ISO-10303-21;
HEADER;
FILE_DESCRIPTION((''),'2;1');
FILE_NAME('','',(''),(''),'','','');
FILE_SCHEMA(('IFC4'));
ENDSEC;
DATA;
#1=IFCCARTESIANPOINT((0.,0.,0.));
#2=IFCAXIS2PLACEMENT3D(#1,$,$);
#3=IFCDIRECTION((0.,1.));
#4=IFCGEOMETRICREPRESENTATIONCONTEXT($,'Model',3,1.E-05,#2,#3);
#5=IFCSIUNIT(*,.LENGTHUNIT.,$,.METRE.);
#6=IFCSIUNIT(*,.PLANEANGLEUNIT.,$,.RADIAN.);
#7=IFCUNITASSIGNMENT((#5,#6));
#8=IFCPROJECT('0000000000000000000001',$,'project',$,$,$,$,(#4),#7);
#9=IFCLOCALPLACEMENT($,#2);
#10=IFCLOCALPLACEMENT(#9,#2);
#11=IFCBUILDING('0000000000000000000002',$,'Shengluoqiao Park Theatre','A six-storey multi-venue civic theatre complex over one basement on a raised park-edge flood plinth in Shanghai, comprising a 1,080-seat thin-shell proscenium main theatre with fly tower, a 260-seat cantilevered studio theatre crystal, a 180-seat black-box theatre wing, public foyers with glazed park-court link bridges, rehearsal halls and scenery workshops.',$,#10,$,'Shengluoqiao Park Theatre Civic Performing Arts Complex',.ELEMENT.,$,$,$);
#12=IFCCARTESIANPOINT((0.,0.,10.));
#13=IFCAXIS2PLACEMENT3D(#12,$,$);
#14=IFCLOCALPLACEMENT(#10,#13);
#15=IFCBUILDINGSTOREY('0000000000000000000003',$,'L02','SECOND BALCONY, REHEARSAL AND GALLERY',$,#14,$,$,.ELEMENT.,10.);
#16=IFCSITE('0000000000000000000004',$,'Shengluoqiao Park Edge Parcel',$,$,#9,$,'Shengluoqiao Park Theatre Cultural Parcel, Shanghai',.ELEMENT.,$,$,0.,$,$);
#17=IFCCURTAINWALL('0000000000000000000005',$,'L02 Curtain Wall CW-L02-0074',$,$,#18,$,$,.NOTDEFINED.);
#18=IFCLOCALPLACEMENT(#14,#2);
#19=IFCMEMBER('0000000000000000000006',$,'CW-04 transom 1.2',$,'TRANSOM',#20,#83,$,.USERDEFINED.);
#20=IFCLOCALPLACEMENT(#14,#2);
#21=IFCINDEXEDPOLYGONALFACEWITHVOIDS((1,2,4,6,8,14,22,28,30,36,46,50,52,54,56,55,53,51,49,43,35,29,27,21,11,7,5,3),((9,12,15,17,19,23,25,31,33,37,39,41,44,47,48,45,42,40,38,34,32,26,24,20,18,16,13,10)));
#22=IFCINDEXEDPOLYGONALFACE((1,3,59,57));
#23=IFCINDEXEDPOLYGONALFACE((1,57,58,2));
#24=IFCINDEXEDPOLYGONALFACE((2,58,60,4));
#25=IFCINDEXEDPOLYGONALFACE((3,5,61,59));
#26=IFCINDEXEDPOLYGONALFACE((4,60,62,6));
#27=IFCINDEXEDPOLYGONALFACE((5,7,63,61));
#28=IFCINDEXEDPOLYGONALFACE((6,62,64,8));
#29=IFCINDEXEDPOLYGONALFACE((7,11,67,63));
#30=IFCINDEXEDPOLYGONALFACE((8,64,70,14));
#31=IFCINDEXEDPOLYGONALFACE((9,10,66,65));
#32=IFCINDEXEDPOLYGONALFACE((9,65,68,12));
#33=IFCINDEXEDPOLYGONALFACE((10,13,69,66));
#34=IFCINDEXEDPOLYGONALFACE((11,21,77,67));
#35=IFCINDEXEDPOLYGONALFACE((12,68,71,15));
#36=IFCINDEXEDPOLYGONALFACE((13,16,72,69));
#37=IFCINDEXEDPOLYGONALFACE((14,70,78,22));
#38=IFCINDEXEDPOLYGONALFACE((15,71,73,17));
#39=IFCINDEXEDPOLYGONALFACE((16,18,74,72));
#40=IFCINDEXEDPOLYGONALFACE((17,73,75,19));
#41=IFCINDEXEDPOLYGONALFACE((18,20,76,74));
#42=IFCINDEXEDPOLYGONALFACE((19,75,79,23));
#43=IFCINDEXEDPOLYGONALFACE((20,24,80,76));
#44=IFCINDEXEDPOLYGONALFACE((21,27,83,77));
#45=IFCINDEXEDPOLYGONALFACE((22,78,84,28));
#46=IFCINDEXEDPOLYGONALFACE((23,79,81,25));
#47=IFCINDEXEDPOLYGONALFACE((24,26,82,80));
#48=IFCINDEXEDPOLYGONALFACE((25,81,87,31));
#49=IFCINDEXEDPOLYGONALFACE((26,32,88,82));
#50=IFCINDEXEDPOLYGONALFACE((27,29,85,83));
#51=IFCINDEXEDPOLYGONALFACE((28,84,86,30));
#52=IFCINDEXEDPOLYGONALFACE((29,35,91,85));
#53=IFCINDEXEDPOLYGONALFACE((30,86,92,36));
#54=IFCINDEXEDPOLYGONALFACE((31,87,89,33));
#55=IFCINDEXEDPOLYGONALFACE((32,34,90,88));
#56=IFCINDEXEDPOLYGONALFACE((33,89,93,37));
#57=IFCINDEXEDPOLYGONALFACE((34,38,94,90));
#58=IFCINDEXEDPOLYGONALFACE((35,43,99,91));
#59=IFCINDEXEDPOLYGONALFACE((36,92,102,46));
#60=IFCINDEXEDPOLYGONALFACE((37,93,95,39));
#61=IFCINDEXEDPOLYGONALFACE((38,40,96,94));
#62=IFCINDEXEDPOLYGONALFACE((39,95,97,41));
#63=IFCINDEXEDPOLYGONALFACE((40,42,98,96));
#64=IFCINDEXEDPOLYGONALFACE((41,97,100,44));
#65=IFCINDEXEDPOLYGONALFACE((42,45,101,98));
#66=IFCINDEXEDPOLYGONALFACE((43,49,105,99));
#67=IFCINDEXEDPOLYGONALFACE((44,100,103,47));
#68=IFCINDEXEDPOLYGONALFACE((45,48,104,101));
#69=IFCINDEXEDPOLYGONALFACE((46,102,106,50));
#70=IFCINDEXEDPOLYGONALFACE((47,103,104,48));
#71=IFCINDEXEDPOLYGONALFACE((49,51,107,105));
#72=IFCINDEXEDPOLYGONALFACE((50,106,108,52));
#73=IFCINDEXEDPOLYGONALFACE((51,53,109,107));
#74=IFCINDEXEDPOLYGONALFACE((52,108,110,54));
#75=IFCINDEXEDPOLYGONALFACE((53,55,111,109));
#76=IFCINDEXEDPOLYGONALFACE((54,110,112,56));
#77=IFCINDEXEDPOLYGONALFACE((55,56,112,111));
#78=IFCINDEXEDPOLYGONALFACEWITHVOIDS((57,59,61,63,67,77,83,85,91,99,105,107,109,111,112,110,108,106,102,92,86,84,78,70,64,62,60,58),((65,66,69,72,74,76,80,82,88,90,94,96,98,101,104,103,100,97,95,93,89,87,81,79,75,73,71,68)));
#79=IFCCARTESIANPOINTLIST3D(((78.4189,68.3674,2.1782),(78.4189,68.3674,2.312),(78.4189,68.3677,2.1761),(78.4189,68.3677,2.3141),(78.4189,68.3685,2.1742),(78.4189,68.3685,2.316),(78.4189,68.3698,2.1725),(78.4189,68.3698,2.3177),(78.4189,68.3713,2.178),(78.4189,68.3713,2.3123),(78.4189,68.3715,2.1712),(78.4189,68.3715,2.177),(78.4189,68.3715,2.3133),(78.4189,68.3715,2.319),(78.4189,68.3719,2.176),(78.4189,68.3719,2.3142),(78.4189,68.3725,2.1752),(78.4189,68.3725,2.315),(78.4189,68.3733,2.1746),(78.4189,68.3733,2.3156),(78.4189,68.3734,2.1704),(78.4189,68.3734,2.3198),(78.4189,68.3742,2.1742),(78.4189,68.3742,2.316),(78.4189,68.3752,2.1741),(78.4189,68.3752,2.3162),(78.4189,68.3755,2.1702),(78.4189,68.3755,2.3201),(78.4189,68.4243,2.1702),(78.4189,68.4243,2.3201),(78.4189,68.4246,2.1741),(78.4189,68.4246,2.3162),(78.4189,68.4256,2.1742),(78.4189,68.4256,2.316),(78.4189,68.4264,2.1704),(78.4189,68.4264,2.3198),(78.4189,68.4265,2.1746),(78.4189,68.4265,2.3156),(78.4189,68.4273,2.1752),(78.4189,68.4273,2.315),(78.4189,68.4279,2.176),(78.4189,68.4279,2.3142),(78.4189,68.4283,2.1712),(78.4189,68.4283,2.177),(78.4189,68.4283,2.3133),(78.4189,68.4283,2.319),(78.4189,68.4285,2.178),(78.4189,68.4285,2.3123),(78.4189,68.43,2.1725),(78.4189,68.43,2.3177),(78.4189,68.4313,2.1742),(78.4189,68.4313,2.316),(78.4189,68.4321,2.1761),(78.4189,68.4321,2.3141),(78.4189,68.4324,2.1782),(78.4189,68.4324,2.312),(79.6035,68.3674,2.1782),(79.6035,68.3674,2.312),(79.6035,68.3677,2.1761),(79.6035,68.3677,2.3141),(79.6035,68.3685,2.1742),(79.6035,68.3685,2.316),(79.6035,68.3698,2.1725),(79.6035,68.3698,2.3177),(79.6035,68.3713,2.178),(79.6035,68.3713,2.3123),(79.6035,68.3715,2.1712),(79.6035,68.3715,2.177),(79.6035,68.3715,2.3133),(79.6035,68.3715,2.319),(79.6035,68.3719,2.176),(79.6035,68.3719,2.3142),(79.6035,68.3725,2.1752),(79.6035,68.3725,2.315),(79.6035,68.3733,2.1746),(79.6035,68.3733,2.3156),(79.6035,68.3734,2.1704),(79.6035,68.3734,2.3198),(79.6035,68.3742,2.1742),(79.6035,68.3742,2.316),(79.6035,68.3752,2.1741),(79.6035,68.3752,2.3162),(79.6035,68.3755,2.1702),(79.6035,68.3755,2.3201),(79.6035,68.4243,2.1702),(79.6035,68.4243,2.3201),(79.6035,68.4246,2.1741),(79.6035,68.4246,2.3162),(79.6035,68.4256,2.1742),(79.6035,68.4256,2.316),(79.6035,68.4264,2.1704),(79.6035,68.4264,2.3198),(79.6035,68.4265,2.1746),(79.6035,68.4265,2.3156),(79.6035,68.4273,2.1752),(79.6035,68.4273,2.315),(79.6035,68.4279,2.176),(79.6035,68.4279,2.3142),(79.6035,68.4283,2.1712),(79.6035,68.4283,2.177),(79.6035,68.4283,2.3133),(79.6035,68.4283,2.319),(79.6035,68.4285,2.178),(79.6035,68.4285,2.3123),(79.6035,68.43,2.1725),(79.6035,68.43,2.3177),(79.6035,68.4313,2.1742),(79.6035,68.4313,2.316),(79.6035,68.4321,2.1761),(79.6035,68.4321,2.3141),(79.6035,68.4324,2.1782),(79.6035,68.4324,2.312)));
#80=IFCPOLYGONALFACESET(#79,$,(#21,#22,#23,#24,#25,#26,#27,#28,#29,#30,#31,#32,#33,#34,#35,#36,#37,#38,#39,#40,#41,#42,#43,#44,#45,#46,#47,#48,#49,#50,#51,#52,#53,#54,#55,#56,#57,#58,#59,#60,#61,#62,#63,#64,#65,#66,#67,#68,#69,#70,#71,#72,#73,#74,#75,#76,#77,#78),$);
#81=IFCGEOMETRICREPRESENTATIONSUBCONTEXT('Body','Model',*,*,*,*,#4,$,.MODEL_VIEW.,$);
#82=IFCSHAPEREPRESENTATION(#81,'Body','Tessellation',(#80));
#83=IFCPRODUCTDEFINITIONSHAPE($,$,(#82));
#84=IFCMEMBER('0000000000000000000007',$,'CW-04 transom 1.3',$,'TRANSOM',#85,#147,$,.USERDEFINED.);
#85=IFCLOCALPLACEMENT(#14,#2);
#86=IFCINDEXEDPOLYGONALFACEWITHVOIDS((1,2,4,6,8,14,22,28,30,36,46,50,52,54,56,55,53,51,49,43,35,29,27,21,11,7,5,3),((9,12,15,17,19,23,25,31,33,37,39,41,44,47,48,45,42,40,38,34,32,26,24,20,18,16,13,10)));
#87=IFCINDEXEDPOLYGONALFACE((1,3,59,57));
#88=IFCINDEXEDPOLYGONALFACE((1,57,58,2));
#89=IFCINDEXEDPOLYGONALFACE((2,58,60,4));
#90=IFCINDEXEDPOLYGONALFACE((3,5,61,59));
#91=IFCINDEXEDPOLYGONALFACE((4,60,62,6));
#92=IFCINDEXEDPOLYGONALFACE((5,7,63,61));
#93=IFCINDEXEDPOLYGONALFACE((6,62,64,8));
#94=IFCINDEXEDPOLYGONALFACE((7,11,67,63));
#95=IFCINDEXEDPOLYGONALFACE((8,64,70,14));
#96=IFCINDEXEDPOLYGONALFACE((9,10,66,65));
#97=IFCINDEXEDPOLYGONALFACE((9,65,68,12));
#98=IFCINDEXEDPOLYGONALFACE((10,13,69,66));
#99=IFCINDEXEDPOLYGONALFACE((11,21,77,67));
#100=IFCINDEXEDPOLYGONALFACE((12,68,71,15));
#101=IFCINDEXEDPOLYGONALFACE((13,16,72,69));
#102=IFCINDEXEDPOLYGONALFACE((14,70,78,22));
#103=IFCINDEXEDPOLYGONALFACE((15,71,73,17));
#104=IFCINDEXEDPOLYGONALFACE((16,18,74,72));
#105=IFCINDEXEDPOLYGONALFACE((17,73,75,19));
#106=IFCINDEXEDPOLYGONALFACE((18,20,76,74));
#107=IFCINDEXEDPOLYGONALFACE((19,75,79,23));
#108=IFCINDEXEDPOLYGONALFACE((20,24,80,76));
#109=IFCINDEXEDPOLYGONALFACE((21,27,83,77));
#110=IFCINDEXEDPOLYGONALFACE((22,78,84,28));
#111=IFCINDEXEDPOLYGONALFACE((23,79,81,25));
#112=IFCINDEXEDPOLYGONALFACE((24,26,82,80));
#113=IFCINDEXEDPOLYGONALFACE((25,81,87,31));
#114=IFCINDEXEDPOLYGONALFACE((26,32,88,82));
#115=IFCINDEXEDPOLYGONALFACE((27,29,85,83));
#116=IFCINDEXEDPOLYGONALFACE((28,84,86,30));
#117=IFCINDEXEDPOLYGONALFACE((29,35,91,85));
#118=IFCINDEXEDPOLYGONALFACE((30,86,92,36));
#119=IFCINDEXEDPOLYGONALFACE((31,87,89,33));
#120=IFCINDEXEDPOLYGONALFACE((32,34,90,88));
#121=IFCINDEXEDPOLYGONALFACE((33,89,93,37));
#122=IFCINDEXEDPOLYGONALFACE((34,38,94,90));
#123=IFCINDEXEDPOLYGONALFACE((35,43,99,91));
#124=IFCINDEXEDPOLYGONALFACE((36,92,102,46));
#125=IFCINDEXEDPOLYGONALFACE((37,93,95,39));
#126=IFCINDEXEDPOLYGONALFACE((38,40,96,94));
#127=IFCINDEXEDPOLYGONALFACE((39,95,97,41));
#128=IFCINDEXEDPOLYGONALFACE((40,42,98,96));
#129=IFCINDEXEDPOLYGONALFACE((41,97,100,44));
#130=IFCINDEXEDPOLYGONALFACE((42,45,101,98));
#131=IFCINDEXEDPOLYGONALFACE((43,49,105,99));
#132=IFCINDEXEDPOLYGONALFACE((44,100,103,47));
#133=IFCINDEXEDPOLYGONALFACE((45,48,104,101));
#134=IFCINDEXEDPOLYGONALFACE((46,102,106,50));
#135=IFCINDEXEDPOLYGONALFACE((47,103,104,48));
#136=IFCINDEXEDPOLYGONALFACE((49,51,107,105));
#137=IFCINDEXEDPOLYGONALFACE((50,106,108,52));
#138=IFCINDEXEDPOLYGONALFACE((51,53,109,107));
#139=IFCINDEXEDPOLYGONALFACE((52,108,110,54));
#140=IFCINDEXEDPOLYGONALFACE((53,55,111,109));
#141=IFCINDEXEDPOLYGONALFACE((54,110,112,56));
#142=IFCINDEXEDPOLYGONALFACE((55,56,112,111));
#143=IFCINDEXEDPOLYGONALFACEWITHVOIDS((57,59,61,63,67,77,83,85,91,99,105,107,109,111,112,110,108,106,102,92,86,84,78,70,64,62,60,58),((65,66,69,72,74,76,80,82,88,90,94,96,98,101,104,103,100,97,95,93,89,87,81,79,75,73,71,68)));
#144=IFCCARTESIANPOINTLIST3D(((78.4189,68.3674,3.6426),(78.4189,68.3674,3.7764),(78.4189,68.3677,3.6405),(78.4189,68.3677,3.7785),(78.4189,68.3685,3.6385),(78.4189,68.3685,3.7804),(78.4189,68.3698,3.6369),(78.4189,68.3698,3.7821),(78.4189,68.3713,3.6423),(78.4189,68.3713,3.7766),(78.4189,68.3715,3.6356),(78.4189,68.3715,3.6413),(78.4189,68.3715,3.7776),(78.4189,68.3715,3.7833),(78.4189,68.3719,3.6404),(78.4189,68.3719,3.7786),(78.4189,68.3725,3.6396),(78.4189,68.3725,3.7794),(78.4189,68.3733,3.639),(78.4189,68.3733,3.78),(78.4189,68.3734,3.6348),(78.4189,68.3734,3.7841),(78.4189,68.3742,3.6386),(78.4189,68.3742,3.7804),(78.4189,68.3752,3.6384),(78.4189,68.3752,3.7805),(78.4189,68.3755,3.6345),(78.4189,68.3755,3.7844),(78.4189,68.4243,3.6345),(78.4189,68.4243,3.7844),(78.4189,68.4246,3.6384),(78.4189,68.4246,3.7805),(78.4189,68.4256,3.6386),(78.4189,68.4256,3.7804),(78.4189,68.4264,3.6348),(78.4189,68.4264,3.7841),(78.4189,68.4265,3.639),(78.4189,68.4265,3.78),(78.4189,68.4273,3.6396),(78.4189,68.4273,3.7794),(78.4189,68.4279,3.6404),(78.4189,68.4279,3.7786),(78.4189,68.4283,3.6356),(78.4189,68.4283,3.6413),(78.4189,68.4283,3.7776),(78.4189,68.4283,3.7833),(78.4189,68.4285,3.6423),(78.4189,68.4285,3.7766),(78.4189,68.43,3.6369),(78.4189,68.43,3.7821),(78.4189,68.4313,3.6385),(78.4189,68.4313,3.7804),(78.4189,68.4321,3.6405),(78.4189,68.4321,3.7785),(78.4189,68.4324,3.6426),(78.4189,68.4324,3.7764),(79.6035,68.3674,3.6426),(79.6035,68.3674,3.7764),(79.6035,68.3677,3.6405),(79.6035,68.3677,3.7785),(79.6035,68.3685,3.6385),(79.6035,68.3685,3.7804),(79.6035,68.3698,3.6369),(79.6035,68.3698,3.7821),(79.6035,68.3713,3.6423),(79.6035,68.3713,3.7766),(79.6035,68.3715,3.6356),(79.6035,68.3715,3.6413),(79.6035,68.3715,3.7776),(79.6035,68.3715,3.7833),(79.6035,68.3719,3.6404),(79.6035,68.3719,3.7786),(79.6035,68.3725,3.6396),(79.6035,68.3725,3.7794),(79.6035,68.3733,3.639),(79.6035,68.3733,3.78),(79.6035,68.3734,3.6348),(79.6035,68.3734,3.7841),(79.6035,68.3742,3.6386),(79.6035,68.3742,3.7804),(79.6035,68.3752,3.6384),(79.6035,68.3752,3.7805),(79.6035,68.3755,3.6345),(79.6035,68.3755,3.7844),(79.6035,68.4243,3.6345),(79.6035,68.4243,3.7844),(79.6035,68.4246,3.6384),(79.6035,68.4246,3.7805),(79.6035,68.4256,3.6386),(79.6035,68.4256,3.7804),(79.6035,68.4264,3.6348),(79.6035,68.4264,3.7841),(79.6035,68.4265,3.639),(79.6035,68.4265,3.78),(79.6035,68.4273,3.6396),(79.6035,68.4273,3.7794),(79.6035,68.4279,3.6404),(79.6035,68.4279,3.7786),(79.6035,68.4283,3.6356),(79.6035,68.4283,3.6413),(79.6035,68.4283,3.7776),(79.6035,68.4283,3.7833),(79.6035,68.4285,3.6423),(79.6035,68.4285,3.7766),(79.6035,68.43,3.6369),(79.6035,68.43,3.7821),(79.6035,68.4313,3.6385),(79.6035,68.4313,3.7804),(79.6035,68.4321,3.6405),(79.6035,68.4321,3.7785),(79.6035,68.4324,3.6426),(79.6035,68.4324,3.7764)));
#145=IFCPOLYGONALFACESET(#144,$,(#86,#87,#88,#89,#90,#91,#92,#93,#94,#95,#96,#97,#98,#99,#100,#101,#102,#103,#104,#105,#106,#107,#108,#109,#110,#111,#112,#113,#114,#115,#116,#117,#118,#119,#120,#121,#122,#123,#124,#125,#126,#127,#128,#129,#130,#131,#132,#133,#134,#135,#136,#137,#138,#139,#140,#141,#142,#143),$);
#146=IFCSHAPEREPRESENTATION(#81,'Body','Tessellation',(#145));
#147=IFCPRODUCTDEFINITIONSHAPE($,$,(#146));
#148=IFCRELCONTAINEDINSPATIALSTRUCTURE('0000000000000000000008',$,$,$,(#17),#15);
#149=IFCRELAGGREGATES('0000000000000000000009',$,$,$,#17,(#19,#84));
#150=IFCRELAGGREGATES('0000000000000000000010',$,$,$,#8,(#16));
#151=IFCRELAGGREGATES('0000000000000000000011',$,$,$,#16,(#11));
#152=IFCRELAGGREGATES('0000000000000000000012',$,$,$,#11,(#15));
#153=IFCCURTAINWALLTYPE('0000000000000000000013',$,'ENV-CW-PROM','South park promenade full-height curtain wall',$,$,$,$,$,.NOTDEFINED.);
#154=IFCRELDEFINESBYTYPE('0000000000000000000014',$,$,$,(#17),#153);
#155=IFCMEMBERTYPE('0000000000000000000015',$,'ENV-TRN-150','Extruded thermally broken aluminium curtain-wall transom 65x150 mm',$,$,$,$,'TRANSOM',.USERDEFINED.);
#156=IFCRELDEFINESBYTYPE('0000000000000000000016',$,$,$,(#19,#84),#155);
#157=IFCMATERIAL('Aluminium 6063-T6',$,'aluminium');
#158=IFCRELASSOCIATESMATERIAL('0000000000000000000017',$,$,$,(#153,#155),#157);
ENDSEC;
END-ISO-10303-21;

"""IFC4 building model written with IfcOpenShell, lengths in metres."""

from ifc_helpers import new_model, si_unit, direction, frame, origin, origin_2d, place, context, subcontext, project, spatial, hollow_rectangle, extrude, material, material_profile, profile_set, type_object, element, aggregate, save


model = new_model("IFC4")

# Units and contexts
model_context = context("Model", 3, precision=1e-05, world=origin(), true_north=direction((0.0, 1.0)))
body_context = subcontext(model_context, "Body", "Model", "MODEL_VIEW")
ifc_project = project(units=[si_unit("LENGTHUNIT", "METRE"), si_unit("PLANEANGLEUNIT", "RADIAN")], contexts=[model_context])

# Site, building, storey
site_placement = place(None, origin())
site = spatial("IfcSite", under=ifc_project, at=site_placement, Name="Shengluoqiao Park Edge Parcel", LongName="Shengluoqiao Park Theatre Cultural Parcel, Shanghai", CompositionType="ELEMENT", RefElevation=0.0)
building_placement = place(site_placement, origin())
building = spatial("IfcBuilding", under=site, at=building_placement, Name="Shengluoqiao Park Theatre", Description="A six-storey multi-venue civic theatre complex over one basement on a raised park-edge flood plinth in Shanghai, comprising a 1,080-seat thin-shell proscenium main theatre with fly tower, a 260-seat cantilevered studio theatre crystal, a 180-seat black-box theatre wing, public foyers with glazed park-court link bridges, rehearsal halls and scenery workshops.", LongName="Shengluoqiao Park Theatre Civic Performing Arts Complex", CompositionType="ELEMENT")
storey_placement = place(building_placement, frame((0.0, 0.0, 10.0)))
storey = spatial("IfcBuildingStorey", under=building, at=storey_placement, Name="L02", Description="SECOND BALCONY, REHEARSAL AND GALLERY", CompositionType="ELEMENT", Elevation=10.0)

# Curtain wall
ifc_material_1 = material(Name="Aluminium 6063-T6", Category="aluminium")
curtain_wall_type = type_object("IfcCurtainWallType", Name="ENV-CW-PROM", Description="South park promenade full-height curtain wall", PredefinedType="NOTDEFINED", material=ifc_material_1)
curtain_wall_1_placement = place(storey_placement, origin())
curtain_wall_1 = element("IfcCurtainWall", 1, at=curtain_wall_1_placement, inside=storey, type_object=curtain_wall_type, Name="L02 Curtain Wall CW-L02-0074", PredefinedType="NOTDEFINED")

# Members
ifc_material_profile_1 = material_profile(ifc_material_1, hollow_rectangle(XDim=0.0649, YDim=0.1499, WallThickness=0.0039, InnerFilletRadius=0.0039, OuterFilletRadius=0.0081, at=origin_2d()), Name="ALU TRANSOM 150x65x4")
ifc_profile_set_1 = profile_set([ifc_material_profile_1], Name="Aluminium 6063-T6")
member_type_1 = type_object("IfcMemberType", Name="ENV-TRN-150", Description="Extruded thermally broken aluminium curtain-wall transom 65x150 mm", ElementType="TRANSOM", PredefinedType="USERDEFINED", material=ifc_profile_set_1)
member_1_placement = place(storey_placement, frame((78.4189, 68.3999, 2.2451), z_axis=(1.0, 0.0, 0.0), x_axis=(0.0, 1.0, 0.0)))
member_1 = element("IfcMember", 2, at=member_1_placement, type_object=member_type_1, Name="CW-04 transom 1.2", ObjectType="TRANSOM", PredefinedType="USERDEFINED", context=body_context, shape_type="SweptSolid", body=[
    extrude(hollow_rectangle(XDim=0.0649, YDim=0.1499, WallThickness=0.0039, InnerFilletRadius=0.0039, OuterFilletRadius=0.0081, at=origin_2d()), origin(), (0.0, 0.0, 1.0), 1.1846),
])
member_2_placement = place(storey_placement, frame((78.4189, 68.3999, 3.7095), z_axis=(1.0, 0.0, 0.0), x_axis=(0.0, 1.0, 0.0)))
member_2 = element("IfcMember", 3, at=member_2_placement, type_object=member_type_1, Name="CW-04 transom 1.3", ObjectType="TRANSOM", PredefinedType="USERDEFINED", context=body_context, shape_type="SweptSolid", body=[
    extrude(hollow_rectangle(XDim=0.0649, YDim=0.1499, WallThickness=0.0039, InnerFilletRadius=0.0039, OuterFilletRadius=0.0081, at=origin_2d()), origin(), (0.0, 0.0, 1.0), 1.1846),
])

aggregate(curtain_wall_1, [member_1, member_2])

save(model, "model.ifc")
